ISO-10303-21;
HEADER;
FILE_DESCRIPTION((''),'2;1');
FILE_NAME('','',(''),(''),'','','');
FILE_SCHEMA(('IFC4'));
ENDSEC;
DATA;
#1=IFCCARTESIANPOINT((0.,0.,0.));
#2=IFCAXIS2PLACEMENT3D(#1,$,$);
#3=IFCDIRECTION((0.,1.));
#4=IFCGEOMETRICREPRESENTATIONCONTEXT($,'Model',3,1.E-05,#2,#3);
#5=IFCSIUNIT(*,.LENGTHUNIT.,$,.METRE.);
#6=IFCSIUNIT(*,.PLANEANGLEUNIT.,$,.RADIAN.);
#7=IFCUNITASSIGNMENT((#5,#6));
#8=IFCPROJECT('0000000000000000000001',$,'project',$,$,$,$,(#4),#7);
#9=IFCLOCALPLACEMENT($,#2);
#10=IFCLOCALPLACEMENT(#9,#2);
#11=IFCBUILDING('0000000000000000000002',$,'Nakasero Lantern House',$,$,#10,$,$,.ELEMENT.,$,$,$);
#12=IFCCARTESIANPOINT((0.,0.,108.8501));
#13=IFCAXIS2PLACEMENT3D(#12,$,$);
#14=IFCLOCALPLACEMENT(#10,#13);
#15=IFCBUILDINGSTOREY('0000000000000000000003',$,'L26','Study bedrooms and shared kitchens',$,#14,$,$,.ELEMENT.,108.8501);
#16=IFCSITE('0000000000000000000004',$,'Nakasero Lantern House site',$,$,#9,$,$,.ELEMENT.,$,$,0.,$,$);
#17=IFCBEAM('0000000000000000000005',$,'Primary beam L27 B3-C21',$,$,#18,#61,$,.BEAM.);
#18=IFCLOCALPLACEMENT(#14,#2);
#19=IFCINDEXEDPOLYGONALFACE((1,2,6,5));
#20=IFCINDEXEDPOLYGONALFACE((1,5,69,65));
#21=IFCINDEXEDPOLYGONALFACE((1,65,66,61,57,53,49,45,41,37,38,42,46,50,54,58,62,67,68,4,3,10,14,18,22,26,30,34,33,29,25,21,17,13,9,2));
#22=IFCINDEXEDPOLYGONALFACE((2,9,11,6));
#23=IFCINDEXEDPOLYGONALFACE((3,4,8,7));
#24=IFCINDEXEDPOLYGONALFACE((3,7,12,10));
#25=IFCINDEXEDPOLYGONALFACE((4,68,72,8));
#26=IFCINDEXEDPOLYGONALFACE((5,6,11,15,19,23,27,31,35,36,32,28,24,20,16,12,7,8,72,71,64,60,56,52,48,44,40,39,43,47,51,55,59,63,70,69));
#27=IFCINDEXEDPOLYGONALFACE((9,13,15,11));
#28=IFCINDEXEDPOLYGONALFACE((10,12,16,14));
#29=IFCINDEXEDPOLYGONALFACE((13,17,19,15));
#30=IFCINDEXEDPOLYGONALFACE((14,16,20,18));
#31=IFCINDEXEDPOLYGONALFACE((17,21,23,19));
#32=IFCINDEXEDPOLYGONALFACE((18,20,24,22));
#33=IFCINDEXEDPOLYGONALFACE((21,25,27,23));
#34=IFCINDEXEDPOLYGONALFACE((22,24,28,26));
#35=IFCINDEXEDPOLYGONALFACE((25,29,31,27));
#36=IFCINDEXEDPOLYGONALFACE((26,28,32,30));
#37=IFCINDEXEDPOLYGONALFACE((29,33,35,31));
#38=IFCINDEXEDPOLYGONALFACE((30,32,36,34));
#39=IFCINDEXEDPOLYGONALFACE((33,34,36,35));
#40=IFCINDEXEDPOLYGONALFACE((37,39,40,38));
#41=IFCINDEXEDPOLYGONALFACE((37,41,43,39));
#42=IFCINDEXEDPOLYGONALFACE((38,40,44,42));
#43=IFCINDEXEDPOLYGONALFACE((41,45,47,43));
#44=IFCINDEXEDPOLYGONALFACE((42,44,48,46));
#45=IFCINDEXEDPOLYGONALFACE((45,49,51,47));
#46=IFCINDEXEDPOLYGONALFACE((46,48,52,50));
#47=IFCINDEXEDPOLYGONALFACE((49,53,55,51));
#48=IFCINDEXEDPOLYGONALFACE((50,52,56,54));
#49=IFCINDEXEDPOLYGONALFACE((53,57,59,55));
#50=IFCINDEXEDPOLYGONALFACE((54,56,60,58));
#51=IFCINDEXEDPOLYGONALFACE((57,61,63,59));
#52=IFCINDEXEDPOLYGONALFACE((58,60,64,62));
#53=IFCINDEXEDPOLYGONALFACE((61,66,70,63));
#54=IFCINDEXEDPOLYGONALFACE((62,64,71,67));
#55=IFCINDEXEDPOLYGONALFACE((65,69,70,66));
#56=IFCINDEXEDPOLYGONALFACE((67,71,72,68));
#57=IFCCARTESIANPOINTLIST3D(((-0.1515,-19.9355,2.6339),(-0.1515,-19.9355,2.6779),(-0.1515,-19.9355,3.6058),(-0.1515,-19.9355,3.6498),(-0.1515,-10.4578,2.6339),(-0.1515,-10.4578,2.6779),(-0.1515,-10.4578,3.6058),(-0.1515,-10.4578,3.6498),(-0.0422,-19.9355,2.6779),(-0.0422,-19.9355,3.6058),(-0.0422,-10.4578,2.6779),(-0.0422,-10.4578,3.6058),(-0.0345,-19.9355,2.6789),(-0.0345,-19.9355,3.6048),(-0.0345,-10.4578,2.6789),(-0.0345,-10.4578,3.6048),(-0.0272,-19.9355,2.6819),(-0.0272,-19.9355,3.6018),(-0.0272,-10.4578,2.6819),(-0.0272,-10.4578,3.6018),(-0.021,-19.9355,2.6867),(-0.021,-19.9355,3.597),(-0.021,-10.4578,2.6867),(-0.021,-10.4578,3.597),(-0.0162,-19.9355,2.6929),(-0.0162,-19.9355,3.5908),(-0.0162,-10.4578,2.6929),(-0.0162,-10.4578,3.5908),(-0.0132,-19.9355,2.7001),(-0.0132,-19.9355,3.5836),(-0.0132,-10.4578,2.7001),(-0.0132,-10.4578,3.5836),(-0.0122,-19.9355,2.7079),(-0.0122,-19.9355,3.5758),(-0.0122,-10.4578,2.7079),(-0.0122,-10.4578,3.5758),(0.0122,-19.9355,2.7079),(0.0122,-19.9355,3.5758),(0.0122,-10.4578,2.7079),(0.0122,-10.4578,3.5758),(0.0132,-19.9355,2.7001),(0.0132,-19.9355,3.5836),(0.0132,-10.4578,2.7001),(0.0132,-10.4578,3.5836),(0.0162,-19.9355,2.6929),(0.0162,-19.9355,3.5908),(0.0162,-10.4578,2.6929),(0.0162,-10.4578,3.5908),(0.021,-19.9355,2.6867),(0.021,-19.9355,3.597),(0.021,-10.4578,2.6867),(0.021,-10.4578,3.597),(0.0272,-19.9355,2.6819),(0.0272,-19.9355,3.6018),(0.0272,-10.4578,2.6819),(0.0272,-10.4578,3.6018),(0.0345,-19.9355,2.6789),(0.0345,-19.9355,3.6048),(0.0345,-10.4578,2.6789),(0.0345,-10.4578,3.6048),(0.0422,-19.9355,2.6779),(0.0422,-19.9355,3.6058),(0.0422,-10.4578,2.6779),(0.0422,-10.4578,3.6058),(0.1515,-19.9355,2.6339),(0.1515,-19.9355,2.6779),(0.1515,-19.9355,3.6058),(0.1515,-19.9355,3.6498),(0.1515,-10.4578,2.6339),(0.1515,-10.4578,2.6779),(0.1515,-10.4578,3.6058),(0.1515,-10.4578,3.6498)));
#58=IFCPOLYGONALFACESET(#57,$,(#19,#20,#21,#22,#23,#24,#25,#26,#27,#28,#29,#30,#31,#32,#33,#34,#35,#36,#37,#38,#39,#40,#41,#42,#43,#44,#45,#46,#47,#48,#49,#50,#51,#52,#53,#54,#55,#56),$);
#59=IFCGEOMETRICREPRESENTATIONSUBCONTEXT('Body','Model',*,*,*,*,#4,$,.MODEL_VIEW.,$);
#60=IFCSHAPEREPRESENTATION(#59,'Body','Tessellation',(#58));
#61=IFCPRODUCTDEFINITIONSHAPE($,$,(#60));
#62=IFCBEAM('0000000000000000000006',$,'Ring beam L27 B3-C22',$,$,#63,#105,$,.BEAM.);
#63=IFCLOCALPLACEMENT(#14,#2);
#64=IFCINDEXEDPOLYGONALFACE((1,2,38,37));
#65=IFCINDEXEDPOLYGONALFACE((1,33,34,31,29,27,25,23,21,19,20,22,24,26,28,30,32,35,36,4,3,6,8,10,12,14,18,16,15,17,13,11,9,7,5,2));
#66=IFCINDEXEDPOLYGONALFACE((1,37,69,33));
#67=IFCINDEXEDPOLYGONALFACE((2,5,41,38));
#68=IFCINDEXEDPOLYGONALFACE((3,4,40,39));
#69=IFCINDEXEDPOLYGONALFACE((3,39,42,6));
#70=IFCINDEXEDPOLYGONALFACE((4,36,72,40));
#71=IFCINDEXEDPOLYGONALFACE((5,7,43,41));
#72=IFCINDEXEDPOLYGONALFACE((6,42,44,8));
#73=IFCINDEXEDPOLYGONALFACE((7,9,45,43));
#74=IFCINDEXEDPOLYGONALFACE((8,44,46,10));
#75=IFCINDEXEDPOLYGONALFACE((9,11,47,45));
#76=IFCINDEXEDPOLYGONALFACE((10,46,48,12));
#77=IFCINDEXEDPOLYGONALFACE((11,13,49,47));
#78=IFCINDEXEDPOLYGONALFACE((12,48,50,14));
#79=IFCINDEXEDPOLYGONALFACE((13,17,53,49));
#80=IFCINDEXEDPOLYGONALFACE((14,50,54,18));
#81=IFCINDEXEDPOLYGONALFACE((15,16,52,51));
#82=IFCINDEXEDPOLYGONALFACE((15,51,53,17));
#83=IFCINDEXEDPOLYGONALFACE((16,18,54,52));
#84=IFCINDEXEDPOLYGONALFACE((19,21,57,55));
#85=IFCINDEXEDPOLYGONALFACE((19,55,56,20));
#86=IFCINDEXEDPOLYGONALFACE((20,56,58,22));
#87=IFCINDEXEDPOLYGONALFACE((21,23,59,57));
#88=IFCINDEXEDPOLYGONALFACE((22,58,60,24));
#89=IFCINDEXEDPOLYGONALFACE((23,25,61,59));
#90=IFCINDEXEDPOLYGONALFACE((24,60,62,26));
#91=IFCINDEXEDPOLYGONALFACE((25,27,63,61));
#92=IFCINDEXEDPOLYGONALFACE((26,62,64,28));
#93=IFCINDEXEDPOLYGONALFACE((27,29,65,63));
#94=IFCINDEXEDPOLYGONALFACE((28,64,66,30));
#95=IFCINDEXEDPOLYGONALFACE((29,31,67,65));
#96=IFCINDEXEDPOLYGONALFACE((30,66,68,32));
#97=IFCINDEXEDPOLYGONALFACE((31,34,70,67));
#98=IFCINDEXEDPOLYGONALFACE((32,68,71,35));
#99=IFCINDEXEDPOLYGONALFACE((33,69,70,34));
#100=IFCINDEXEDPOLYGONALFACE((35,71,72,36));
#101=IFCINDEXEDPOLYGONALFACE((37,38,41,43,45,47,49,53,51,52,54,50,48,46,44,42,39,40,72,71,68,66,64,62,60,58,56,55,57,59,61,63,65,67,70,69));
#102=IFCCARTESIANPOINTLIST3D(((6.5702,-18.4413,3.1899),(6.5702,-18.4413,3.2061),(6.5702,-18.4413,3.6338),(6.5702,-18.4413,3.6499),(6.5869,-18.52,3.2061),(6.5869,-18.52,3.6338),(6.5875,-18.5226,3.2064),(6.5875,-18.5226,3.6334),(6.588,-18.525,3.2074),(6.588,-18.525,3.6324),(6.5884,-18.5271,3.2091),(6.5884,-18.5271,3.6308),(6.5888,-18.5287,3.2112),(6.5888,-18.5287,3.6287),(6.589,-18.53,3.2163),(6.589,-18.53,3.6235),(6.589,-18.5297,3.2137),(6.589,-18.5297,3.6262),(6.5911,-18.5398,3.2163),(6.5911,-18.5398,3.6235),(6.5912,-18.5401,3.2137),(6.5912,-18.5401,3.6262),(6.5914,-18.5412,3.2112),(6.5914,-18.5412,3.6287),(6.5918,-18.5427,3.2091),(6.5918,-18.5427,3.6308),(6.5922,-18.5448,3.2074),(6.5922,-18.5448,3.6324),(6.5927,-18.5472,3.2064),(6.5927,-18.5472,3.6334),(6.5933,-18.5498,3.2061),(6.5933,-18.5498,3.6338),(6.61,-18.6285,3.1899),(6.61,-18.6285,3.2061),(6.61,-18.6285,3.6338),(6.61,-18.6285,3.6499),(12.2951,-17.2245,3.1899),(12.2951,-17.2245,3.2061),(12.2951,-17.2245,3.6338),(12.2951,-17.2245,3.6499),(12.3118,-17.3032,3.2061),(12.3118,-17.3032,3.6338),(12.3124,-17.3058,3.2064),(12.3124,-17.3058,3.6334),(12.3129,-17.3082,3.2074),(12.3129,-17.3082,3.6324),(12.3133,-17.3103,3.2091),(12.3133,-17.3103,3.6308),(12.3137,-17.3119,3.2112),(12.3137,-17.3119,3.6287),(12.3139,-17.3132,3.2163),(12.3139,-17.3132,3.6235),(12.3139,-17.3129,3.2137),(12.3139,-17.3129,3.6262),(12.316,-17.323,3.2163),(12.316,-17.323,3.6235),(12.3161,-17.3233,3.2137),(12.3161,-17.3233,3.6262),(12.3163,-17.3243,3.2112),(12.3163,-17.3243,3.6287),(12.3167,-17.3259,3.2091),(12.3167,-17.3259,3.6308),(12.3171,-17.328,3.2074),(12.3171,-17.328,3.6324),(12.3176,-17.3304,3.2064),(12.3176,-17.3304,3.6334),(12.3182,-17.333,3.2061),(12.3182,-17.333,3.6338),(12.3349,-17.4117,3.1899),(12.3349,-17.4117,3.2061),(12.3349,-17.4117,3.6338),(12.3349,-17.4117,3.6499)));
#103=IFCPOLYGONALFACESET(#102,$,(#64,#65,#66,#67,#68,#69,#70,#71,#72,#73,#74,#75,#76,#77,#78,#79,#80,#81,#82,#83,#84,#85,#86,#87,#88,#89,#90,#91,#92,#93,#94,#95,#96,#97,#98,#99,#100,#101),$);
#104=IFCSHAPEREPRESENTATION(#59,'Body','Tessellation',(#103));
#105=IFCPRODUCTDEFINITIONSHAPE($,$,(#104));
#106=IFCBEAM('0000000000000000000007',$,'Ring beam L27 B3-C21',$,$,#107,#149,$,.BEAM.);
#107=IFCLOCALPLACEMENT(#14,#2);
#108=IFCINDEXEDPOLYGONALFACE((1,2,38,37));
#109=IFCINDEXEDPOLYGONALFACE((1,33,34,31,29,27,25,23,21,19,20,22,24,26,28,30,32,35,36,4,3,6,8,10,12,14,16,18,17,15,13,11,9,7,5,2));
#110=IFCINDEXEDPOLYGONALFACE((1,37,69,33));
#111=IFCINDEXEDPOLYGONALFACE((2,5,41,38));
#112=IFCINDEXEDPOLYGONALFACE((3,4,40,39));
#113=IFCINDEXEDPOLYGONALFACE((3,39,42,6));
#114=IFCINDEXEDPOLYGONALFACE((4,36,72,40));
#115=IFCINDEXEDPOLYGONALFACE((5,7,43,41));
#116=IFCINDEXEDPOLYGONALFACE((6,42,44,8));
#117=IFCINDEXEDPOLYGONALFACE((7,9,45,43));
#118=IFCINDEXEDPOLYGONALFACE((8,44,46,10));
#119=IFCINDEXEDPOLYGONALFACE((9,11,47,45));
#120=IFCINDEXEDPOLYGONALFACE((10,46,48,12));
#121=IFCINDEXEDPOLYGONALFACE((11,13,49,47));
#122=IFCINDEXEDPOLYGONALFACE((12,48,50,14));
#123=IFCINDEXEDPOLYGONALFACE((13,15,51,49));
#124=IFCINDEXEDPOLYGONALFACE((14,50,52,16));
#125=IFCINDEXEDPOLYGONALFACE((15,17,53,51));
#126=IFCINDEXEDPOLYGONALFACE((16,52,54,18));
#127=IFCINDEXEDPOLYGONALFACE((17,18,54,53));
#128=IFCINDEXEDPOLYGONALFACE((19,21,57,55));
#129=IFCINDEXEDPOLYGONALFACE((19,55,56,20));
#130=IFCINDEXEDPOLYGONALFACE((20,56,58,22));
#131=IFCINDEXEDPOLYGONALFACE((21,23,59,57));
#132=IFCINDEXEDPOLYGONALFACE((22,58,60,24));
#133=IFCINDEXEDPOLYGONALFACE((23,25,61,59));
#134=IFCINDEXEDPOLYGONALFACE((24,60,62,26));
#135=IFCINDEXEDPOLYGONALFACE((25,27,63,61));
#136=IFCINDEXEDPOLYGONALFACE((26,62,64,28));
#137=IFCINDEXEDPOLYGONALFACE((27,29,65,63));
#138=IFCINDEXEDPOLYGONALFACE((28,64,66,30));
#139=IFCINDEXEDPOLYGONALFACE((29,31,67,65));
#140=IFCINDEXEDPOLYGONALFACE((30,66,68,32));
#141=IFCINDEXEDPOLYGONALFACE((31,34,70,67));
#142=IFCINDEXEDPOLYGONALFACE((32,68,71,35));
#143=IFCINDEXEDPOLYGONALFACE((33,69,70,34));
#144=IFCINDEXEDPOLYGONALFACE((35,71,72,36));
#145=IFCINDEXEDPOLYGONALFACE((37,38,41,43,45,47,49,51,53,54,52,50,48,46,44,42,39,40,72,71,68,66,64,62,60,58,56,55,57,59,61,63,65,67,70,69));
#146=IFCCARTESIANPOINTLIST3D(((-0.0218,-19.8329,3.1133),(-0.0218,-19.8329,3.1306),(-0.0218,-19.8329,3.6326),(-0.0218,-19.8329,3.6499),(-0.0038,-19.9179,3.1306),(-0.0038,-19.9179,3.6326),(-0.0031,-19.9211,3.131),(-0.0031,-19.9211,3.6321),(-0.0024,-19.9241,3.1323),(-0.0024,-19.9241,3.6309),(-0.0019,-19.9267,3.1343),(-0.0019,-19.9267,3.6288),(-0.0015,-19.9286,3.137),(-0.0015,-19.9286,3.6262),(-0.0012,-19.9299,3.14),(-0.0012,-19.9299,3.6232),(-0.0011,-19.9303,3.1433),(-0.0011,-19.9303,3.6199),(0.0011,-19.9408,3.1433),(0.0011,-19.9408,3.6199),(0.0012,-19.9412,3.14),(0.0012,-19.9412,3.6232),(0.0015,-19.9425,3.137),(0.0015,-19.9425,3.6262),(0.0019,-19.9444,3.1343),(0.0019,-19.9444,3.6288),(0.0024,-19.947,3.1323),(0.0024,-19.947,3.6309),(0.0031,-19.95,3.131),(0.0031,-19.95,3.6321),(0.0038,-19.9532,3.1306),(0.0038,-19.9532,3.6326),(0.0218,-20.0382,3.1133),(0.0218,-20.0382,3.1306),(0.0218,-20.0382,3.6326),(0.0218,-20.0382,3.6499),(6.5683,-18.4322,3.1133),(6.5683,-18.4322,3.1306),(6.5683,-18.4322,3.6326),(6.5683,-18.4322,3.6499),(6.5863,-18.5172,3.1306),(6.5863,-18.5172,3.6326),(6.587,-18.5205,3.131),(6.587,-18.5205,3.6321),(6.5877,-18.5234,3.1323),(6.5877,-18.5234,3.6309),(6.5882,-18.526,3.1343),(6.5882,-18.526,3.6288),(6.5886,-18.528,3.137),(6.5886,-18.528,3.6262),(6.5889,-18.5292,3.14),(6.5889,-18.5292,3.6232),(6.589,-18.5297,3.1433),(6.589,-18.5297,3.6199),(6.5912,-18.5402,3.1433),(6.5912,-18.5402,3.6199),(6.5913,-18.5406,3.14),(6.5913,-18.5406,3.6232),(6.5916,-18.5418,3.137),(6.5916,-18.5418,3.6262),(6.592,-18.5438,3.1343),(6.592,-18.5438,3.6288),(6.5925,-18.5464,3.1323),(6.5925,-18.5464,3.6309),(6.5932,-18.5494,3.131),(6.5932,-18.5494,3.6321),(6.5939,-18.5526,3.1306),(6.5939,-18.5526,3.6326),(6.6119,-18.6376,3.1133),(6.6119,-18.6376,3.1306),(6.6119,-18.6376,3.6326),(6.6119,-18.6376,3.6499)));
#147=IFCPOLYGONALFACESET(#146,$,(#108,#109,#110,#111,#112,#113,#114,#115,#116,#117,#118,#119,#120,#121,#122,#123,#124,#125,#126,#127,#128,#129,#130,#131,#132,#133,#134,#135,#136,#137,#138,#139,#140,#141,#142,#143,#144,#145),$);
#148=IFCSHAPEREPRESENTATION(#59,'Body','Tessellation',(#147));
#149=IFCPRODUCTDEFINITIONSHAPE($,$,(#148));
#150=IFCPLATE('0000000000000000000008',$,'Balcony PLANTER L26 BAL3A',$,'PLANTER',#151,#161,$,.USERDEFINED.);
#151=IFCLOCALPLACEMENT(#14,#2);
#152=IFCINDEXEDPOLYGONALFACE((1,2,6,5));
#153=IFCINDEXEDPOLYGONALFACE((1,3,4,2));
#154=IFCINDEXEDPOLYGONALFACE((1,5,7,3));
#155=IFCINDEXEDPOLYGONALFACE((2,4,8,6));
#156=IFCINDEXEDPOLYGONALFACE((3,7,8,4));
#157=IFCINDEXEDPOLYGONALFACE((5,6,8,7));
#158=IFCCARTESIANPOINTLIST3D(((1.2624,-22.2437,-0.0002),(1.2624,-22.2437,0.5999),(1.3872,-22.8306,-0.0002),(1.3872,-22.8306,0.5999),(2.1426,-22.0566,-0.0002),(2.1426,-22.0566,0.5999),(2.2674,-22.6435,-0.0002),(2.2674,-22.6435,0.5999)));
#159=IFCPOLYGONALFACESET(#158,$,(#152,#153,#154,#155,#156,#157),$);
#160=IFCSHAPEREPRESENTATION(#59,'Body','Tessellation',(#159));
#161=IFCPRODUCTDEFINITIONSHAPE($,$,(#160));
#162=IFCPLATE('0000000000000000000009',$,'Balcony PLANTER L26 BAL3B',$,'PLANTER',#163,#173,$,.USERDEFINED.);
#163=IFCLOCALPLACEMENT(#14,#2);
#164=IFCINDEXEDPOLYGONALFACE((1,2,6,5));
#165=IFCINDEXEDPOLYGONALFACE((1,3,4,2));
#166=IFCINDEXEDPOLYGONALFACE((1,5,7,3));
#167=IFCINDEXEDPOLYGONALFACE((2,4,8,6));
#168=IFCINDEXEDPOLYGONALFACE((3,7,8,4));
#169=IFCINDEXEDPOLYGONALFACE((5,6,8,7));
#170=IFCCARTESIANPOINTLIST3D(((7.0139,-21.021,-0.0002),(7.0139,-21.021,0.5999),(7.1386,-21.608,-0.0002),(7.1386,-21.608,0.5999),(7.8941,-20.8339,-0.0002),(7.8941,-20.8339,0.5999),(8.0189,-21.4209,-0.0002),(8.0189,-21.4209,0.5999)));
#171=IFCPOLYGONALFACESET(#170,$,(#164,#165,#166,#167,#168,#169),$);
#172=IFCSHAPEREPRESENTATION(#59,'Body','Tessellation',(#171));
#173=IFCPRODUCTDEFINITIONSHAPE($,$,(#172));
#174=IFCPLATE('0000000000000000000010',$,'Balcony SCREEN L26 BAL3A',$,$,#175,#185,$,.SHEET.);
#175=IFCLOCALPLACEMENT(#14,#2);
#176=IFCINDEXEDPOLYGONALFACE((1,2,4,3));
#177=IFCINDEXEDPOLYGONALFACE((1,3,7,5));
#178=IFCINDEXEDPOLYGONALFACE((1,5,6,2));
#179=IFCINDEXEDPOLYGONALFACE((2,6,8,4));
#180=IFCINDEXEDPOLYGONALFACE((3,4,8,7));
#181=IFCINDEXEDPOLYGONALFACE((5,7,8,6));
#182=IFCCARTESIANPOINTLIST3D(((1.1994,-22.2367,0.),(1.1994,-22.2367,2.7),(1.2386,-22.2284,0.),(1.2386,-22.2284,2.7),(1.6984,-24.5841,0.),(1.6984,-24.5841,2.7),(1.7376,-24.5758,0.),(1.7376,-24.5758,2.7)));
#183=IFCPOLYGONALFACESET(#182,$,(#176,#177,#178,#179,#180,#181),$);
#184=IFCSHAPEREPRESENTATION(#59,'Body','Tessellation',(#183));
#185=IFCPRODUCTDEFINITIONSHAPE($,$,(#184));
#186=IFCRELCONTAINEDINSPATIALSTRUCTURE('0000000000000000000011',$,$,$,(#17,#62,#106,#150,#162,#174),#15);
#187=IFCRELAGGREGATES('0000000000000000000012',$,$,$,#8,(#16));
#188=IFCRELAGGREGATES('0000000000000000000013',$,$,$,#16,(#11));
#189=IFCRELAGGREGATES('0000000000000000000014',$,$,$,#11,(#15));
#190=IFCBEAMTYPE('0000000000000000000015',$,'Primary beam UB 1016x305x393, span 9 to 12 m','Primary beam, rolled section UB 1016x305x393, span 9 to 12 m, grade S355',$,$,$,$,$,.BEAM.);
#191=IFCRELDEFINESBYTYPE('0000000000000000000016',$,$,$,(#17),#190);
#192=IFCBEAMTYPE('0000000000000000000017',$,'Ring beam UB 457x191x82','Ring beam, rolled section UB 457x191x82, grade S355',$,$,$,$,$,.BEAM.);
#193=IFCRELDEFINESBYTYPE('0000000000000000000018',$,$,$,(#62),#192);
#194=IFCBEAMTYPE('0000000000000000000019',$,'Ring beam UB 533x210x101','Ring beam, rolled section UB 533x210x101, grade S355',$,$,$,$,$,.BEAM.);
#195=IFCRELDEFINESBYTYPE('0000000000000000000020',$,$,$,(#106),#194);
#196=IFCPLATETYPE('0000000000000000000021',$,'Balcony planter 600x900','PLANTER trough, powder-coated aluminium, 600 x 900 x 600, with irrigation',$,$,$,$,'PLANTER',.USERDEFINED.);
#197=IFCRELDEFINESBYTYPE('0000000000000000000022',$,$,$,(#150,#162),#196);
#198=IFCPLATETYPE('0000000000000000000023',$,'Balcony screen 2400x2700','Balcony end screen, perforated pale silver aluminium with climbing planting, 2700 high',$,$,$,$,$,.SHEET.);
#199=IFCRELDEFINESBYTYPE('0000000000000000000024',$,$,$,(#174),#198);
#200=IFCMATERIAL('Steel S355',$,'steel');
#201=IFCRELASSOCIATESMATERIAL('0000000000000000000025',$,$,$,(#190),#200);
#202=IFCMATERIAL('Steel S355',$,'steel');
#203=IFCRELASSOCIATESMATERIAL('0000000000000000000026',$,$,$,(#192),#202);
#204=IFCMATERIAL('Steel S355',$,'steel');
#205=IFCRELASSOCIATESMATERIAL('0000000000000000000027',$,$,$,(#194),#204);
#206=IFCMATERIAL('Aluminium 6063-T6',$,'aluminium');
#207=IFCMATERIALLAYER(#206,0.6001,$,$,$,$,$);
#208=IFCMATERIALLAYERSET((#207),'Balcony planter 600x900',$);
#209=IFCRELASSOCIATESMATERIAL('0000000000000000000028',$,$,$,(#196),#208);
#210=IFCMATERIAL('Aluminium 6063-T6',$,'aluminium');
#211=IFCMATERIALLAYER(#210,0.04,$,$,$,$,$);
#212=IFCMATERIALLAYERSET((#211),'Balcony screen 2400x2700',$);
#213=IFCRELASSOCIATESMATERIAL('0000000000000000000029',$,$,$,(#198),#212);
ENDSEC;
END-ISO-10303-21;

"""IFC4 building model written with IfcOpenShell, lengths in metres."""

from ifc_helpers import new_model, si_unit, direction, frame, origin, origin_2d, place, context, subcontext, project, spatial, rectangle, i_section, extrude, material, layer, layer_set, material_profile, profile_set, type_object, element, save


model = new_model("IFC4")

# Units and contexts
model_context = context("Model", 3, precision=1e-05, world=origin(), true_north=direction((0.0, 1.0)))
body_context = subcontext(model_context, "Body", "Model", "MODEL_VIEW")
ifc_project = project(units=[si_unit("LENGTHUNIT", "METRE"), si_unit("PLANEANGLEUNIT", "RADIAN")], contexts=[model_context])

# Site, building, storey
site_placement = place(None, origin())
site = spatial("IfcSite", under=ifc_project, at=site_placement, Name="Nakasero Lantern House site", CompositionType="ELEMENT", RefElevation=0.0)
building_placement = place(site_placement, origin())
building = spatial("IfcBuilding", under=site, at=building_placement, Name="Nakasero Lantern House", CompositionType="ELEMENT")
storey_placement = place(building_placement, frame((0.0, 0.0, 108.8501)))
storey = spatial("IfcBuildingStorey", under=building, at=storey_placement, Name="L26", Description="Study bedrooms and shared kitchens", CompositionType="ELEMENT", Elevation=108.8501)

# Beams
ifc_material_1 = material(Name="Steel S355", Category="steel")
ifc_material_profile_1 = material_profile(ifc_material_1, i_section(OverallWidth=0.303, OverallDepth=1.0159, WebThickness=0.0244, FlangeThickness=0.0439, FilletRadius=0.03, at=origin_2d()), Name="UB 1016x305x393")
ifc_profile_set_1 = profile_set([ifc_material_profile_1], Name="Steel S355")
beam_type_1 = type_object("IfcBeamType", Name="Primary beam UB 1016x305x393, span 9 to 12 m", Description="Primary beam, rolled section UB 1016x305x393, span 9 to 12 m, grade S355", PredefinedType="BEAM", material=ifc_profile_set_1)
beam_1_placement = place(storey_placement, frame((0.0, -19.9355, 3.1418), z_axis=(0.0, 1.0, 0.0), x_axis=(-1.0, 0.0, 0.0)))
element("IfcBeam", 1, at=beam_1_placement, inside=storey, type_object=beam_type_1, Name="Primary beam L27 B3-C21", PredefinedType="BEAM", context=body_context, shape_type="SweptSolid", body=[
    extrude(i_section(OverallWidth=0.303, OverallDepth=1.0159, WebThickness=0.0244, FlangeThickness=0.0439, FilletRadius=0.03, at=origin_2d()), origin(), (0.0, 0.0, 1.0), 9.4778),
])
ifc_material_2 = material(Name="Steel S355", Category="steel")
ifc_material_profile_2 = material_profile(ifc_material_2, i_section(OverallWidth=0.1914, OverallDepth=0.46, WebThickness=0.01, FlangeThickness=0.0161, FilletRadius=0.0103, at=origin_2d()), Name="UB 457x191x82")
ifc_profile_set_2 = profile_set([ifc_material_profile_2], Name="Steel S355")
beam_type_2 = type_object("IfcBeamType", Name="Ring beam UB 457x191x82", Description="Ring beam, rolled section UB 457x191x82, grade S355", PredefinedType="BEAM", material=ifc_profile_set_2)
beam_2_placement = place(storey_placement, frame((6.5901, -18.5349, 3.4199), z_axis=(0.97815, 0.207902, 0.0), x_axis=(-0.207902, 0.97815, 0.0)))
element("IfcBeam", 2, at=beam_2_placement, inside=storey, type_object=beam_type_2, Name="Ring beam L27 B3-C22", PredefinedType="BEAM", context=body_context, shape_type="SweptSolid", body=[
    extrude(i_section(OverallWidth=0.1914, OverallDepth=0.46, WebThickness=0.01, FlangeThickness=0.0161, FilletRadius=0.0103, at=origin_2d()), origin(), (0.0, 0.0, 1.0), 5.8528),
])
ifc_material_3 = material(Name="Steel S355", Category="steel")
ifc_material_profile_3 = material_profile(ifc_material_3, i_section(OverallWidth=0.21, OverallDepth=0.5366, WebThickness=0.0107, FlangeThickness=0.0173, FilletRadius=0.0127, at=origin_2d()), Name="UB 533x210x101")
ifc_profile_set_3 = profile_set([ifc_material_profile_3], Name="Steel S355")
beam_type_3 = type_object("IfcBeamType", Name="Ring beam UB 533x210x101", Description="Ring beam, rolled section UB 533x210x101, grade S355", PredefinedType="BEAM", material=ifc_profile_set_3)
beam_3_placement = place(storey_placement, frame((0.0, -19.9355, 3.3816), z_axis=(0.978152, 0.207893, 0.0), x_axis=(-0.207893, 0.978152, 0.0)))
element("IfcBeam", 3, at=beam_3_placement, inside=storey, type_object=beam_type_3, Name="Ring beam L27 B3-C21", PredefinedType="BEAM", context=body_context, shape_type="SweptSolid", body=[
    extrude(i_section(OverallWidth=0.21, OverallDepth=0.5366, WebThickness=0.0107, FlangeThickness=0.0173, FilletRadius=0.0127, at=origin_2d()), origin(), (0.0, 0.0, 1.0), 6.7373),
])

# Plates
ifc_material_4 = material(Name="Aluminium 6063-T6", Category="aluminium")
ifc_layer_1 = layer(ifc_material_4, 0.6001)
ifc_layer_set_1 = layer_set([ifc_layer_1], Name="Balcony planter 600x900")
plate_type_1 = type_object("IfcPlateType", Name="Balcony planter 600x900", Description="PLANTER trough, powder-coated aluminium, 600 x 900 x 600, with irrigation", ElementType="PLANTER", PredefinedType="USERDEFINED", material=ifc_layer_set_1)
for number, where, z_axis, x_axis, name in (
    (4, (1.7649, -22.4436, -0.0002), (0.0, 0.0, 1.0), (0.207912, -0.978148, 0.0), "Balcony PLANTER L26 BAL3A"),
    (5, (7.5164, -21.2209, -0.0002), (0.0, 0.0, 1.0), (0.207912, -0.978148, 0.0), "Balcony PLANTER L26 BAL3B"),
):
    element("IfcPlate", number, at=place(storey_placement, frame(where, z_axis=z_axis, x_axis=x_axis)), inside=storey, type_object=plate_type_1, Name=name, ObjectType="PLANTER", PredefinedType="USERDEFINED", context=body_context, shape_type="SweptSolid", body=[
        extrude(rectangle(XDim=0.6001, YDim=0.8999, at=origin_2d()), origin(), (0.0, 0.0, 1.0), 0.6001),
    ])
ifc_material_5 = material(Name="Aluminium 6063-T6", Category="aluminium")
ifc_layer_2 = layer(ifc_material_5, 0.04)
ifc_layer_set_2 = layer_set([ifc_layer_2], Name="Balcony screen 2400x2700")
plate_type_2 = type_object("IfcPlateType", Name="Balcony screen 2400x2700", Description="Balcony end screen, perforated pale silver aluminium with climbing planting, 2700 high", PredefinedType="SHEET", material=ifc_layer_set_2)
for number, where, z_axis, x_axis, name in (
    (6, (1.4685, -23.4062, 0.0), (0.0, 0.0, 1.0), (0.207912, -0.978148, 0.0), "Balcony SCREEN L26 BAL3A"),
):
    element("IfcPlate", number, at=place(storey_placement, frame(where, z_axis=z_axis, x_axis=x_axis)), inside=storey, type_object=plate_type_2, Name=name, PredefinedType="SHEET", context=body_context, shape_type="SweptSolid", body=[
        extrude(rectangle(XDim=2.3999, YDim=0.04, at=origin_2d()), origin(), (0.0, 0.0, 1.0), 2.7),
    ])

save(model, "model.ifc")
